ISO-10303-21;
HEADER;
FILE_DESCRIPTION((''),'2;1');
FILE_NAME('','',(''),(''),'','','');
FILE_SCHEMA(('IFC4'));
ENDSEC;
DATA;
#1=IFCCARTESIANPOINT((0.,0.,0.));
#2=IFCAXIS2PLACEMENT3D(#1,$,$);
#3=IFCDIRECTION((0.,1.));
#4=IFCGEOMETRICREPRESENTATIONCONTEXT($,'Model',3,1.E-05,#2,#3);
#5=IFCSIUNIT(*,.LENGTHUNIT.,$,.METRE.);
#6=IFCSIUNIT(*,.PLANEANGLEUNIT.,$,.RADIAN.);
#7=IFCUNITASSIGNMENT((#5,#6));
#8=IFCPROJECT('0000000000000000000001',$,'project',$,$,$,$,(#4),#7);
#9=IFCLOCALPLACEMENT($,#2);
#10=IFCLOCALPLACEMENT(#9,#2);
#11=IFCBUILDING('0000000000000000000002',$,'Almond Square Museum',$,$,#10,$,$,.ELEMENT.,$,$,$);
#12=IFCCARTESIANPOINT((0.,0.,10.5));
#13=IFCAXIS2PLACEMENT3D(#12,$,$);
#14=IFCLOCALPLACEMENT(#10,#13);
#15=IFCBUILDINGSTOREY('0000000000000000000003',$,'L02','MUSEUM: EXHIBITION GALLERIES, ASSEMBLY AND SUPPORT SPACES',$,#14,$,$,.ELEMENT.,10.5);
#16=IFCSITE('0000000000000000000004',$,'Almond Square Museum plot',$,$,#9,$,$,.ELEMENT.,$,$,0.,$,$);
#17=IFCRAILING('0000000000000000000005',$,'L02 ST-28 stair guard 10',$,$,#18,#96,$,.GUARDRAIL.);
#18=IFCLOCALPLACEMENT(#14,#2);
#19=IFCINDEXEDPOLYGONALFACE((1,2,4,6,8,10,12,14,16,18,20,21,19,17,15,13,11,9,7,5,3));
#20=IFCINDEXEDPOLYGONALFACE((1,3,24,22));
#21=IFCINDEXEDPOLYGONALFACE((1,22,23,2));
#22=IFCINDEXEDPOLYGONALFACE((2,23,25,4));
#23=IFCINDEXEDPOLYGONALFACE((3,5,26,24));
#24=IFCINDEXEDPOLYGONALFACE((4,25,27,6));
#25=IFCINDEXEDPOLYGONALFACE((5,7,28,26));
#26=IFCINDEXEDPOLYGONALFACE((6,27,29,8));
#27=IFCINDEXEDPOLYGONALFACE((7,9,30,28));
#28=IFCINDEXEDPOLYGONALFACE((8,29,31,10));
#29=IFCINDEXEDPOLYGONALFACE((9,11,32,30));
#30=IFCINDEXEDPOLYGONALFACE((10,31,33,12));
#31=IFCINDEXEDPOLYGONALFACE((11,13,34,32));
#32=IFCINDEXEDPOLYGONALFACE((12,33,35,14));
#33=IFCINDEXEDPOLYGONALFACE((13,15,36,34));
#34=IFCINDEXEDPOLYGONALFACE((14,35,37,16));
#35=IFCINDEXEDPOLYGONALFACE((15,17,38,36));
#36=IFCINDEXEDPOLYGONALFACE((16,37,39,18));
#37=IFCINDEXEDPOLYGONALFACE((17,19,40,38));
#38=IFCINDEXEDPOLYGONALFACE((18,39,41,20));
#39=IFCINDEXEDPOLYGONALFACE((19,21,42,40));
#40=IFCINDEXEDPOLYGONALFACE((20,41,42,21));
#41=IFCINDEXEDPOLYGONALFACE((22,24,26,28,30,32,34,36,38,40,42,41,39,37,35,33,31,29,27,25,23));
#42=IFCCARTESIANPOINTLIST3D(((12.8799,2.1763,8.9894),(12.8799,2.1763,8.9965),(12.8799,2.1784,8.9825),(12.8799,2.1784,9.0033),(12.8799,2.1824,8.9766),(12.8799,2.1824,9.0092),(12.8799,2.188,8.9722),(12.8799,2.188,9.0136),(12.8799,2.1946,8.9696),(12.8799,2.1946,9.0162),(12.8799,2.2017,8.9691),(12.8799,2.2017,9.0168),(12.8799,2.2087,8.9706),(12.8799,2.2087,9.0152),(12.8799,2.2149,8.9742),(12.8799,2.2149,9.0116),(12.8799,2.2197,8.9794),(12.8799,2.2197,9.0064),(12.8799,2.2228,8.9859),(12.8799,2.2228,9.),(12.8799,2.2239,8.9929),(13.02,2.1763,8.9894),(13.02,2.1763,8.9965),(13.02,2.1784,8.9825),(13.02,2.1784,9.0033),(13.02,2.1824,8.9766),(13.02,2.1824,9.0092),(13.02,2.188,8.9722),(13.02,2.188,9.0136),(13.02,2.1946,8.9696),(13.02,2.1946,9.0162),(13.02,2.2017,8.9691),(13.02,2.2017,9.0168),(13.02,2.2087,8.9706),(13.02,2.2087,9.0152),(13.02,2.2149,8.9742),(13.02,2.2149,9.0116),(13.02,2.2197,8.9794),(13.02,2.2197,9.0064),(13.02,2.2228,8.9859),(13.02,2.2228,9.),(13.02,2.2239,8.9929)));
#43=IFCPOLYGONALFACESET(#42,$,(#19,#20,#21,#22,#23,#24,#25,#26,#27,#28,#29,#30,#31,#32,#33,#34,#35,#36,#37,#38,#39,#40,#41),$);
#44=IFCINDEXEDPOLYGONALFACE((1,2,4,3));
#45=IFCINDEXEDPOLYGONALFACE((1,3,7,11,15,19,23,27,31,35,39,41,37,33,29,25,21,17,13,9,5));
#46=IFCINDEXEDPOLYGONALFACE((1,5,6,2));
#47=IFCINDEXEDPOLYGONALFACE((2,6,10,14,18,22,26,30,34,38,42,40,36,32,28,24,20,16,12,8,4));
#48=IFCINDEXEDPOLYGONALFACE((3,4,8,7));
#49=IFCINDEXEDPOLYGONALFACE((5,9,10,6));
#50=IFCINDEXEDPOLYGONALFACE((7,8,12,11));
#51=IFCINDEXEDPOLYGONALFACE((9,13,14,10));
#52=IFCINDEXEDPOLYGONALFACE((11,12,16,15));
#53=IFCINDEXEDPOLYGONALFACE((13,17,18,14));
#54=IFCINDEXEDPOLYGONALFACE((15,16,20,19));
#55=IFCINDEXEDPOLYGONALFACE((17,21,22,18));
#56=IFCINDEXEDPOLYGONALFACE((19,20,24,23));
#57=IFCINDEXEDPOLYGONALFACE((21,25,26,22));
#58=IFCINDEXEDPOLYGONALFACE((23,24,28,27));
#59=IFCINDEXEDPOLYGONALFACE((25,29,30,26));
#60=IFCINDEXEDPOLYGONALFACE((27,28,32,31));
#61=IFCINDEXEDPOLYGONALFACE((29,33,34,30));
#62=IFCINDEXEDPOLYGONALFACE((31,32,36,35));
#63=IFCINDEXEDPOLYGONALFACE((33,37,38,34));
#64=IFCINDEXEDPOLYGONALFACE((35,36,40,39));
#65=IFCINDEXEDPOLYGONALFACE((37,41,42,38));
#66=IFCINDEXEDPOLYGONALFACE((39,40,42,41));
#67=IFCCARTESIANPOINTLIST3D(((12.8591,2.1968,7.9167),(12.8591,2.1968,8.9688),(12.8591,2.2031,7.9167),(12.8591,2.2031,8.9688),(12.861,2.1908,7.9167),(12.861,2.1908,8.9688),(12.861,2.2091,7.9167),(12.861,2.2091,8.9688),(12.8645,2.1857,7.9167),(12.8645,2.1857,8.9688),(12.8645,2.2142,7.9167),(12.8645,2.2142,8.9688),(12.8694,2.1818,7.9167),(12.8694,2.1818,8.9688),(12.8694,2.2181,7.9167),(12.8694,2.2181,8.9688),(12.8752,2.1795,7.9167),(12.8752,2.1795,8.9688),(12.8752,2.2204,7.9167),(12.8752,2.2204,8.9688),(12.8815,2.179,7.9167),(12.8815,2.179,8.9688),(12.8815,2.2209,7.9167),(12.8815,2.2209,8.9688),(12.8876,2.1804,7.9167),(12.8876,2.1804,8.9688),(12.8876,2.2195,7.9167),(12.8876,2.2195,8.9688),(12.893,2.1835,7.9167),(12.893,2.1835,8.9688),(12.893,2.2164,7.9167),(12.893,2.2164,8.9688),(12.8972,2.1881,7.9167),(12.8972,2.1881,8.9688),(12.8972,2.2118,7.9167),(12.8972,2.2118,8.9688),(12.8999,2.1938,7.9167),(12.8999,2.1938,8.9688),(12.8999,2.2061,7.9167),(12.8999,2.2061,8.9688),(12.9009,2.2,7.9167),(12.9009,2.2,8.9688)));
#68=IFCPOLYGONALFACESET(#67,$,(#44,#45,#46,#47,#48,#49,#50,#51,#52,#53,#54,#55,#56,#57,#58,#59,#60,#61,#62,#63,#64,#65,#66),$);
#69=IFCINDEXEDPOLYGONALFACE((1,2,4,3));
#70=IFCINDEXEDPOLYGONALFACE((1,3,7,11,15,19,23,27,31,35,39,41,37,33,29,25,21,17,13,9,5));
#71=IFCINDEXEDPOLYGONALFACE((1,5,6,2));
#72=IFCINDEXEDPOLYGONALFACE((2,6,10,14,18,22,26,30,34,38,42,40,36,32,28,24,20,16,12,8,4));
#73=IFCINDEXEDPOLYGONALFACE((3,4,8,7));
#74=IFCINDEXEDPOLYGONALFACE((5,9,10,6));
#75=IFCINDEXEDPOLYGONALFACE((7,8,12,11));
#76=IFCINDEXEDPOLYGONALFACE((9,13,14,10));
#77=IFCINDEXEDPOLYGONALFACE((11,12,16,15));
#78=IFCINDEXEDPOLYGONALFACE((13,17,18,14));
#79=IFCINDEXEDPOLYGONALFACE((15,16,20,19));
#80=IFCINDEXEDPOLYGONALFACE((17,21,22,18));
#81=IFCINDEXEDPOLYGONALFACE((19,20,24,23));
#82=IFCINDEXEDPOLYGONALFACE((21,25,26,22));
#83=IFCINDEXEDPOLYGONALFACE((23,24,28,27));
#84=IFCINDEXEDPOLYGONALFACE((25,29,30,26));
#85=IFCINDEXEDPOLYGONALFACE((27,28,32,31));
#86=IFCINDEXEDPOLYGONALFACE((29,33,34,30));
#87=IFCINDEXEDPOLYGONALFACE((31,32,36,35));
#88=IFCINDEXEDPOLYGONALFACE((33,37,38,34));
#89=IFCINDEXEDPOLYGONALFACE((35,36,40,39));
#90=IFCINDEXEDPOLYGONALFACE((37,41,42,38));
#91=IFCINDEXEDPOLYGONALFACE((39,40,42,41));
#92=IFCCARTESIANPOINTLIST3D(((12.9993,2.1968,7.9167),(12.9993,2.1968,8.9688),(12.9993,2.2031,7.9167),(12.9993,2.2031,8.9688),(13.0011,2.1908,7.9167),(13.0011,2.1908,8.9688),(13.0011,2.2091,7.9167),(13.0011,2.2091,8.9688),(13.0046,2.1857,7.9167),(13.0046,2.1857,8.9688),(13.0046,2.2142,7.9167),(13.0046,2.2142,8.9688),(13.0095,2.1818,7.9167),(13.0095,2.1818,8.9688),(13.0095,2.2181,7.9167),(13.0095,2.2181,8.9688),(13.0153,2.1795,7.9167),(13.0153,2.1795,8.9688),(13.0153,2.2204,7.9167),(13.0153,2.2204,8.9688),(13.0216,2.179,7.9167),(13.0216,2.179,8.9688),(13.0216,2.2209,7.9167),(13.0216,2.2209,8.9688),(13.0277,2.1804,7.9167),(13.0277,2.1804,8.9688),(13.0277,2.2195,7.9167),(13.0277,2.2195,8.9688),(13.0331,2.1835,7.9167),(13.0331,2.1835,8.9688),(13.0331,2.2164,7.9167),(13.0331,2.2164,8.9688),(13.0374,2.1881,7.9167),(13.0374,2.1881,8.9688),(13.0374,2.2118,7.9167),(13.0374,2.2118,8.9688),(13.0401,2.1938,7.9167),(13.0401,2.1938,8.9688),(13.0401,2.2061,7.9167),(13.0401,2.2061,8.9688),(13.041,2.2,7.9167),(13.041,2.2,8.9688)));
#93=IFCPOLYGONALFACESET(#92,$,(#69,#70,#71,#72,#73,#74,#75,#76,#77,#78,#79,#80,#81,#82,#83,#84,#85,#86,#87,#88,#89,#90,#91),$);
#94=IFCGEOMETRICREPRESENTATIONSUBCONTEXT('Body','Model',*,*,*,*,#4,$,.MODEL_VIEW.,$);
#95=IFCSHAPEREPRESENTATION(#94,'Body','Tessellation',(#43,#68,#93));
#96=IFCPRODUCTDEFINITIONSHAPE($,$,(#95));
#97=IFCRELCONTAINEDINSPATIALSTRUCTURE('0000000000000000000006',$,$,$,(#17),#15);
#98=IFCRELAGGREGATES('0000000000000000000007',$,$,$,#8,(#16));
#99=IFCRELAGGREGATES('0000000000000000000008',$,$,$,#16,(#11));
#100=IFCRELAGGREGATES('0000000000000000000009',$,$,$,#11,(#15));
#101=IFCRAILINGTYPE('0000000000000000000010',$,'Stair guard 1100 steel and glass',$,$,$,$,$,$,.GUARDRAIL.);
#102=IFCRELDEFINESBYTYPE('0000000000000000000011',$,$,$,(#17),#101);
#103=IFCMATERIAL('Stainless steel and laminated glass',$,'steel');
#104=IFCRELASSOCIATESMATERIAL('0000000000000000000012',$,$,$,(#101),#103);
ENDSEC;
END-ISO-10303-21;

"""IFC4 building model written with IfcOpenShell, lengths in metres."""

from ifc_helpers import new_model, si_unit, direction, frame, origin, origin_2d, place, context, subcontext, project, spatial, circle, extrude, material, type_object, element, save


model = new_model("IFC4")

# Units and contexts
model_context = context("Model", 3, precision=1e-05, world=origin(), true_north=direction((0.0, 1.0)))
body_context = subcontext(model_context, "Body", "Model", "MODEL_VIEW")
ifc_project = project(units=[si_unit("LENGTHUNIT", "METRE"), si_unit("PLANEANGLEUNIT", "RADIAN")], contexts=[model_context])

# Site, building, storey
site_placement = place(None, origin())
site = spatial("IfcSite", under=ifc_project, at=site_placement, Name="Almond Square Museum plot", CompositionType="ELEMENT", RefElevation=0.0)
building_placement = place(site_placement, origin())
building = spatial("IfcBuilding", under=site, at=building_placement, Name="Almond Square Museum", CompositionType="ELEMENT")
storey_placement = place(building_placement, frame((0.0, 0.0, 10.5)))
storey = spatial("IfcBuildingStorey", under=building, at=storey_placement, Name="L02", Description="MUSEUM: EXHIBITION GALLERIES, ASSEMBLY AND SUPPORT SPACES", CompositionType="ELEMENT", Elevation=10.5)

# Railing
ifc_material_1 = material(Name="Stainless steel and laminated glass", Category="steel")
railing_type_1 = type_object("IfcRailingType", Name="Stair guard 1100 steel and glass", PredefinedType="GUARDRAIL", material=ifc_material_1)
railing_1_placement = place(storey_placement, frame((12.8799, 2.2, 7.9167)))
element("IfcRailing", 1, at=railing_1_placement, inside=storey, type_object=railing_type_1, Name="L02 ST-28 stair guard 10", PredefinedType="GUARDRAIL", context=body_context, shape_type="SweptSolid", body=[
    extrude(circle(Radius=0.0239, at=origin_2d()), frame((0.0, 0.0, 1.0762), z_axis=(1.0, 0.0, 0.0), x_axis=(0.0, 1.0, 0.0)), (0.0, 0.0, 1.0), 0.1401),
    extrude(circle(Radius=0.021, at=origin_2d()), origin(), (0.0, 0.0, 1.0), 1.052),
    extrude(circle(Radius=0.021, at=origin_2d()), frame((0.1401, 0.0, 0.0)), (0.0, 0.0, 1.0), 1.052),
])

save(model, "model.ifc")
